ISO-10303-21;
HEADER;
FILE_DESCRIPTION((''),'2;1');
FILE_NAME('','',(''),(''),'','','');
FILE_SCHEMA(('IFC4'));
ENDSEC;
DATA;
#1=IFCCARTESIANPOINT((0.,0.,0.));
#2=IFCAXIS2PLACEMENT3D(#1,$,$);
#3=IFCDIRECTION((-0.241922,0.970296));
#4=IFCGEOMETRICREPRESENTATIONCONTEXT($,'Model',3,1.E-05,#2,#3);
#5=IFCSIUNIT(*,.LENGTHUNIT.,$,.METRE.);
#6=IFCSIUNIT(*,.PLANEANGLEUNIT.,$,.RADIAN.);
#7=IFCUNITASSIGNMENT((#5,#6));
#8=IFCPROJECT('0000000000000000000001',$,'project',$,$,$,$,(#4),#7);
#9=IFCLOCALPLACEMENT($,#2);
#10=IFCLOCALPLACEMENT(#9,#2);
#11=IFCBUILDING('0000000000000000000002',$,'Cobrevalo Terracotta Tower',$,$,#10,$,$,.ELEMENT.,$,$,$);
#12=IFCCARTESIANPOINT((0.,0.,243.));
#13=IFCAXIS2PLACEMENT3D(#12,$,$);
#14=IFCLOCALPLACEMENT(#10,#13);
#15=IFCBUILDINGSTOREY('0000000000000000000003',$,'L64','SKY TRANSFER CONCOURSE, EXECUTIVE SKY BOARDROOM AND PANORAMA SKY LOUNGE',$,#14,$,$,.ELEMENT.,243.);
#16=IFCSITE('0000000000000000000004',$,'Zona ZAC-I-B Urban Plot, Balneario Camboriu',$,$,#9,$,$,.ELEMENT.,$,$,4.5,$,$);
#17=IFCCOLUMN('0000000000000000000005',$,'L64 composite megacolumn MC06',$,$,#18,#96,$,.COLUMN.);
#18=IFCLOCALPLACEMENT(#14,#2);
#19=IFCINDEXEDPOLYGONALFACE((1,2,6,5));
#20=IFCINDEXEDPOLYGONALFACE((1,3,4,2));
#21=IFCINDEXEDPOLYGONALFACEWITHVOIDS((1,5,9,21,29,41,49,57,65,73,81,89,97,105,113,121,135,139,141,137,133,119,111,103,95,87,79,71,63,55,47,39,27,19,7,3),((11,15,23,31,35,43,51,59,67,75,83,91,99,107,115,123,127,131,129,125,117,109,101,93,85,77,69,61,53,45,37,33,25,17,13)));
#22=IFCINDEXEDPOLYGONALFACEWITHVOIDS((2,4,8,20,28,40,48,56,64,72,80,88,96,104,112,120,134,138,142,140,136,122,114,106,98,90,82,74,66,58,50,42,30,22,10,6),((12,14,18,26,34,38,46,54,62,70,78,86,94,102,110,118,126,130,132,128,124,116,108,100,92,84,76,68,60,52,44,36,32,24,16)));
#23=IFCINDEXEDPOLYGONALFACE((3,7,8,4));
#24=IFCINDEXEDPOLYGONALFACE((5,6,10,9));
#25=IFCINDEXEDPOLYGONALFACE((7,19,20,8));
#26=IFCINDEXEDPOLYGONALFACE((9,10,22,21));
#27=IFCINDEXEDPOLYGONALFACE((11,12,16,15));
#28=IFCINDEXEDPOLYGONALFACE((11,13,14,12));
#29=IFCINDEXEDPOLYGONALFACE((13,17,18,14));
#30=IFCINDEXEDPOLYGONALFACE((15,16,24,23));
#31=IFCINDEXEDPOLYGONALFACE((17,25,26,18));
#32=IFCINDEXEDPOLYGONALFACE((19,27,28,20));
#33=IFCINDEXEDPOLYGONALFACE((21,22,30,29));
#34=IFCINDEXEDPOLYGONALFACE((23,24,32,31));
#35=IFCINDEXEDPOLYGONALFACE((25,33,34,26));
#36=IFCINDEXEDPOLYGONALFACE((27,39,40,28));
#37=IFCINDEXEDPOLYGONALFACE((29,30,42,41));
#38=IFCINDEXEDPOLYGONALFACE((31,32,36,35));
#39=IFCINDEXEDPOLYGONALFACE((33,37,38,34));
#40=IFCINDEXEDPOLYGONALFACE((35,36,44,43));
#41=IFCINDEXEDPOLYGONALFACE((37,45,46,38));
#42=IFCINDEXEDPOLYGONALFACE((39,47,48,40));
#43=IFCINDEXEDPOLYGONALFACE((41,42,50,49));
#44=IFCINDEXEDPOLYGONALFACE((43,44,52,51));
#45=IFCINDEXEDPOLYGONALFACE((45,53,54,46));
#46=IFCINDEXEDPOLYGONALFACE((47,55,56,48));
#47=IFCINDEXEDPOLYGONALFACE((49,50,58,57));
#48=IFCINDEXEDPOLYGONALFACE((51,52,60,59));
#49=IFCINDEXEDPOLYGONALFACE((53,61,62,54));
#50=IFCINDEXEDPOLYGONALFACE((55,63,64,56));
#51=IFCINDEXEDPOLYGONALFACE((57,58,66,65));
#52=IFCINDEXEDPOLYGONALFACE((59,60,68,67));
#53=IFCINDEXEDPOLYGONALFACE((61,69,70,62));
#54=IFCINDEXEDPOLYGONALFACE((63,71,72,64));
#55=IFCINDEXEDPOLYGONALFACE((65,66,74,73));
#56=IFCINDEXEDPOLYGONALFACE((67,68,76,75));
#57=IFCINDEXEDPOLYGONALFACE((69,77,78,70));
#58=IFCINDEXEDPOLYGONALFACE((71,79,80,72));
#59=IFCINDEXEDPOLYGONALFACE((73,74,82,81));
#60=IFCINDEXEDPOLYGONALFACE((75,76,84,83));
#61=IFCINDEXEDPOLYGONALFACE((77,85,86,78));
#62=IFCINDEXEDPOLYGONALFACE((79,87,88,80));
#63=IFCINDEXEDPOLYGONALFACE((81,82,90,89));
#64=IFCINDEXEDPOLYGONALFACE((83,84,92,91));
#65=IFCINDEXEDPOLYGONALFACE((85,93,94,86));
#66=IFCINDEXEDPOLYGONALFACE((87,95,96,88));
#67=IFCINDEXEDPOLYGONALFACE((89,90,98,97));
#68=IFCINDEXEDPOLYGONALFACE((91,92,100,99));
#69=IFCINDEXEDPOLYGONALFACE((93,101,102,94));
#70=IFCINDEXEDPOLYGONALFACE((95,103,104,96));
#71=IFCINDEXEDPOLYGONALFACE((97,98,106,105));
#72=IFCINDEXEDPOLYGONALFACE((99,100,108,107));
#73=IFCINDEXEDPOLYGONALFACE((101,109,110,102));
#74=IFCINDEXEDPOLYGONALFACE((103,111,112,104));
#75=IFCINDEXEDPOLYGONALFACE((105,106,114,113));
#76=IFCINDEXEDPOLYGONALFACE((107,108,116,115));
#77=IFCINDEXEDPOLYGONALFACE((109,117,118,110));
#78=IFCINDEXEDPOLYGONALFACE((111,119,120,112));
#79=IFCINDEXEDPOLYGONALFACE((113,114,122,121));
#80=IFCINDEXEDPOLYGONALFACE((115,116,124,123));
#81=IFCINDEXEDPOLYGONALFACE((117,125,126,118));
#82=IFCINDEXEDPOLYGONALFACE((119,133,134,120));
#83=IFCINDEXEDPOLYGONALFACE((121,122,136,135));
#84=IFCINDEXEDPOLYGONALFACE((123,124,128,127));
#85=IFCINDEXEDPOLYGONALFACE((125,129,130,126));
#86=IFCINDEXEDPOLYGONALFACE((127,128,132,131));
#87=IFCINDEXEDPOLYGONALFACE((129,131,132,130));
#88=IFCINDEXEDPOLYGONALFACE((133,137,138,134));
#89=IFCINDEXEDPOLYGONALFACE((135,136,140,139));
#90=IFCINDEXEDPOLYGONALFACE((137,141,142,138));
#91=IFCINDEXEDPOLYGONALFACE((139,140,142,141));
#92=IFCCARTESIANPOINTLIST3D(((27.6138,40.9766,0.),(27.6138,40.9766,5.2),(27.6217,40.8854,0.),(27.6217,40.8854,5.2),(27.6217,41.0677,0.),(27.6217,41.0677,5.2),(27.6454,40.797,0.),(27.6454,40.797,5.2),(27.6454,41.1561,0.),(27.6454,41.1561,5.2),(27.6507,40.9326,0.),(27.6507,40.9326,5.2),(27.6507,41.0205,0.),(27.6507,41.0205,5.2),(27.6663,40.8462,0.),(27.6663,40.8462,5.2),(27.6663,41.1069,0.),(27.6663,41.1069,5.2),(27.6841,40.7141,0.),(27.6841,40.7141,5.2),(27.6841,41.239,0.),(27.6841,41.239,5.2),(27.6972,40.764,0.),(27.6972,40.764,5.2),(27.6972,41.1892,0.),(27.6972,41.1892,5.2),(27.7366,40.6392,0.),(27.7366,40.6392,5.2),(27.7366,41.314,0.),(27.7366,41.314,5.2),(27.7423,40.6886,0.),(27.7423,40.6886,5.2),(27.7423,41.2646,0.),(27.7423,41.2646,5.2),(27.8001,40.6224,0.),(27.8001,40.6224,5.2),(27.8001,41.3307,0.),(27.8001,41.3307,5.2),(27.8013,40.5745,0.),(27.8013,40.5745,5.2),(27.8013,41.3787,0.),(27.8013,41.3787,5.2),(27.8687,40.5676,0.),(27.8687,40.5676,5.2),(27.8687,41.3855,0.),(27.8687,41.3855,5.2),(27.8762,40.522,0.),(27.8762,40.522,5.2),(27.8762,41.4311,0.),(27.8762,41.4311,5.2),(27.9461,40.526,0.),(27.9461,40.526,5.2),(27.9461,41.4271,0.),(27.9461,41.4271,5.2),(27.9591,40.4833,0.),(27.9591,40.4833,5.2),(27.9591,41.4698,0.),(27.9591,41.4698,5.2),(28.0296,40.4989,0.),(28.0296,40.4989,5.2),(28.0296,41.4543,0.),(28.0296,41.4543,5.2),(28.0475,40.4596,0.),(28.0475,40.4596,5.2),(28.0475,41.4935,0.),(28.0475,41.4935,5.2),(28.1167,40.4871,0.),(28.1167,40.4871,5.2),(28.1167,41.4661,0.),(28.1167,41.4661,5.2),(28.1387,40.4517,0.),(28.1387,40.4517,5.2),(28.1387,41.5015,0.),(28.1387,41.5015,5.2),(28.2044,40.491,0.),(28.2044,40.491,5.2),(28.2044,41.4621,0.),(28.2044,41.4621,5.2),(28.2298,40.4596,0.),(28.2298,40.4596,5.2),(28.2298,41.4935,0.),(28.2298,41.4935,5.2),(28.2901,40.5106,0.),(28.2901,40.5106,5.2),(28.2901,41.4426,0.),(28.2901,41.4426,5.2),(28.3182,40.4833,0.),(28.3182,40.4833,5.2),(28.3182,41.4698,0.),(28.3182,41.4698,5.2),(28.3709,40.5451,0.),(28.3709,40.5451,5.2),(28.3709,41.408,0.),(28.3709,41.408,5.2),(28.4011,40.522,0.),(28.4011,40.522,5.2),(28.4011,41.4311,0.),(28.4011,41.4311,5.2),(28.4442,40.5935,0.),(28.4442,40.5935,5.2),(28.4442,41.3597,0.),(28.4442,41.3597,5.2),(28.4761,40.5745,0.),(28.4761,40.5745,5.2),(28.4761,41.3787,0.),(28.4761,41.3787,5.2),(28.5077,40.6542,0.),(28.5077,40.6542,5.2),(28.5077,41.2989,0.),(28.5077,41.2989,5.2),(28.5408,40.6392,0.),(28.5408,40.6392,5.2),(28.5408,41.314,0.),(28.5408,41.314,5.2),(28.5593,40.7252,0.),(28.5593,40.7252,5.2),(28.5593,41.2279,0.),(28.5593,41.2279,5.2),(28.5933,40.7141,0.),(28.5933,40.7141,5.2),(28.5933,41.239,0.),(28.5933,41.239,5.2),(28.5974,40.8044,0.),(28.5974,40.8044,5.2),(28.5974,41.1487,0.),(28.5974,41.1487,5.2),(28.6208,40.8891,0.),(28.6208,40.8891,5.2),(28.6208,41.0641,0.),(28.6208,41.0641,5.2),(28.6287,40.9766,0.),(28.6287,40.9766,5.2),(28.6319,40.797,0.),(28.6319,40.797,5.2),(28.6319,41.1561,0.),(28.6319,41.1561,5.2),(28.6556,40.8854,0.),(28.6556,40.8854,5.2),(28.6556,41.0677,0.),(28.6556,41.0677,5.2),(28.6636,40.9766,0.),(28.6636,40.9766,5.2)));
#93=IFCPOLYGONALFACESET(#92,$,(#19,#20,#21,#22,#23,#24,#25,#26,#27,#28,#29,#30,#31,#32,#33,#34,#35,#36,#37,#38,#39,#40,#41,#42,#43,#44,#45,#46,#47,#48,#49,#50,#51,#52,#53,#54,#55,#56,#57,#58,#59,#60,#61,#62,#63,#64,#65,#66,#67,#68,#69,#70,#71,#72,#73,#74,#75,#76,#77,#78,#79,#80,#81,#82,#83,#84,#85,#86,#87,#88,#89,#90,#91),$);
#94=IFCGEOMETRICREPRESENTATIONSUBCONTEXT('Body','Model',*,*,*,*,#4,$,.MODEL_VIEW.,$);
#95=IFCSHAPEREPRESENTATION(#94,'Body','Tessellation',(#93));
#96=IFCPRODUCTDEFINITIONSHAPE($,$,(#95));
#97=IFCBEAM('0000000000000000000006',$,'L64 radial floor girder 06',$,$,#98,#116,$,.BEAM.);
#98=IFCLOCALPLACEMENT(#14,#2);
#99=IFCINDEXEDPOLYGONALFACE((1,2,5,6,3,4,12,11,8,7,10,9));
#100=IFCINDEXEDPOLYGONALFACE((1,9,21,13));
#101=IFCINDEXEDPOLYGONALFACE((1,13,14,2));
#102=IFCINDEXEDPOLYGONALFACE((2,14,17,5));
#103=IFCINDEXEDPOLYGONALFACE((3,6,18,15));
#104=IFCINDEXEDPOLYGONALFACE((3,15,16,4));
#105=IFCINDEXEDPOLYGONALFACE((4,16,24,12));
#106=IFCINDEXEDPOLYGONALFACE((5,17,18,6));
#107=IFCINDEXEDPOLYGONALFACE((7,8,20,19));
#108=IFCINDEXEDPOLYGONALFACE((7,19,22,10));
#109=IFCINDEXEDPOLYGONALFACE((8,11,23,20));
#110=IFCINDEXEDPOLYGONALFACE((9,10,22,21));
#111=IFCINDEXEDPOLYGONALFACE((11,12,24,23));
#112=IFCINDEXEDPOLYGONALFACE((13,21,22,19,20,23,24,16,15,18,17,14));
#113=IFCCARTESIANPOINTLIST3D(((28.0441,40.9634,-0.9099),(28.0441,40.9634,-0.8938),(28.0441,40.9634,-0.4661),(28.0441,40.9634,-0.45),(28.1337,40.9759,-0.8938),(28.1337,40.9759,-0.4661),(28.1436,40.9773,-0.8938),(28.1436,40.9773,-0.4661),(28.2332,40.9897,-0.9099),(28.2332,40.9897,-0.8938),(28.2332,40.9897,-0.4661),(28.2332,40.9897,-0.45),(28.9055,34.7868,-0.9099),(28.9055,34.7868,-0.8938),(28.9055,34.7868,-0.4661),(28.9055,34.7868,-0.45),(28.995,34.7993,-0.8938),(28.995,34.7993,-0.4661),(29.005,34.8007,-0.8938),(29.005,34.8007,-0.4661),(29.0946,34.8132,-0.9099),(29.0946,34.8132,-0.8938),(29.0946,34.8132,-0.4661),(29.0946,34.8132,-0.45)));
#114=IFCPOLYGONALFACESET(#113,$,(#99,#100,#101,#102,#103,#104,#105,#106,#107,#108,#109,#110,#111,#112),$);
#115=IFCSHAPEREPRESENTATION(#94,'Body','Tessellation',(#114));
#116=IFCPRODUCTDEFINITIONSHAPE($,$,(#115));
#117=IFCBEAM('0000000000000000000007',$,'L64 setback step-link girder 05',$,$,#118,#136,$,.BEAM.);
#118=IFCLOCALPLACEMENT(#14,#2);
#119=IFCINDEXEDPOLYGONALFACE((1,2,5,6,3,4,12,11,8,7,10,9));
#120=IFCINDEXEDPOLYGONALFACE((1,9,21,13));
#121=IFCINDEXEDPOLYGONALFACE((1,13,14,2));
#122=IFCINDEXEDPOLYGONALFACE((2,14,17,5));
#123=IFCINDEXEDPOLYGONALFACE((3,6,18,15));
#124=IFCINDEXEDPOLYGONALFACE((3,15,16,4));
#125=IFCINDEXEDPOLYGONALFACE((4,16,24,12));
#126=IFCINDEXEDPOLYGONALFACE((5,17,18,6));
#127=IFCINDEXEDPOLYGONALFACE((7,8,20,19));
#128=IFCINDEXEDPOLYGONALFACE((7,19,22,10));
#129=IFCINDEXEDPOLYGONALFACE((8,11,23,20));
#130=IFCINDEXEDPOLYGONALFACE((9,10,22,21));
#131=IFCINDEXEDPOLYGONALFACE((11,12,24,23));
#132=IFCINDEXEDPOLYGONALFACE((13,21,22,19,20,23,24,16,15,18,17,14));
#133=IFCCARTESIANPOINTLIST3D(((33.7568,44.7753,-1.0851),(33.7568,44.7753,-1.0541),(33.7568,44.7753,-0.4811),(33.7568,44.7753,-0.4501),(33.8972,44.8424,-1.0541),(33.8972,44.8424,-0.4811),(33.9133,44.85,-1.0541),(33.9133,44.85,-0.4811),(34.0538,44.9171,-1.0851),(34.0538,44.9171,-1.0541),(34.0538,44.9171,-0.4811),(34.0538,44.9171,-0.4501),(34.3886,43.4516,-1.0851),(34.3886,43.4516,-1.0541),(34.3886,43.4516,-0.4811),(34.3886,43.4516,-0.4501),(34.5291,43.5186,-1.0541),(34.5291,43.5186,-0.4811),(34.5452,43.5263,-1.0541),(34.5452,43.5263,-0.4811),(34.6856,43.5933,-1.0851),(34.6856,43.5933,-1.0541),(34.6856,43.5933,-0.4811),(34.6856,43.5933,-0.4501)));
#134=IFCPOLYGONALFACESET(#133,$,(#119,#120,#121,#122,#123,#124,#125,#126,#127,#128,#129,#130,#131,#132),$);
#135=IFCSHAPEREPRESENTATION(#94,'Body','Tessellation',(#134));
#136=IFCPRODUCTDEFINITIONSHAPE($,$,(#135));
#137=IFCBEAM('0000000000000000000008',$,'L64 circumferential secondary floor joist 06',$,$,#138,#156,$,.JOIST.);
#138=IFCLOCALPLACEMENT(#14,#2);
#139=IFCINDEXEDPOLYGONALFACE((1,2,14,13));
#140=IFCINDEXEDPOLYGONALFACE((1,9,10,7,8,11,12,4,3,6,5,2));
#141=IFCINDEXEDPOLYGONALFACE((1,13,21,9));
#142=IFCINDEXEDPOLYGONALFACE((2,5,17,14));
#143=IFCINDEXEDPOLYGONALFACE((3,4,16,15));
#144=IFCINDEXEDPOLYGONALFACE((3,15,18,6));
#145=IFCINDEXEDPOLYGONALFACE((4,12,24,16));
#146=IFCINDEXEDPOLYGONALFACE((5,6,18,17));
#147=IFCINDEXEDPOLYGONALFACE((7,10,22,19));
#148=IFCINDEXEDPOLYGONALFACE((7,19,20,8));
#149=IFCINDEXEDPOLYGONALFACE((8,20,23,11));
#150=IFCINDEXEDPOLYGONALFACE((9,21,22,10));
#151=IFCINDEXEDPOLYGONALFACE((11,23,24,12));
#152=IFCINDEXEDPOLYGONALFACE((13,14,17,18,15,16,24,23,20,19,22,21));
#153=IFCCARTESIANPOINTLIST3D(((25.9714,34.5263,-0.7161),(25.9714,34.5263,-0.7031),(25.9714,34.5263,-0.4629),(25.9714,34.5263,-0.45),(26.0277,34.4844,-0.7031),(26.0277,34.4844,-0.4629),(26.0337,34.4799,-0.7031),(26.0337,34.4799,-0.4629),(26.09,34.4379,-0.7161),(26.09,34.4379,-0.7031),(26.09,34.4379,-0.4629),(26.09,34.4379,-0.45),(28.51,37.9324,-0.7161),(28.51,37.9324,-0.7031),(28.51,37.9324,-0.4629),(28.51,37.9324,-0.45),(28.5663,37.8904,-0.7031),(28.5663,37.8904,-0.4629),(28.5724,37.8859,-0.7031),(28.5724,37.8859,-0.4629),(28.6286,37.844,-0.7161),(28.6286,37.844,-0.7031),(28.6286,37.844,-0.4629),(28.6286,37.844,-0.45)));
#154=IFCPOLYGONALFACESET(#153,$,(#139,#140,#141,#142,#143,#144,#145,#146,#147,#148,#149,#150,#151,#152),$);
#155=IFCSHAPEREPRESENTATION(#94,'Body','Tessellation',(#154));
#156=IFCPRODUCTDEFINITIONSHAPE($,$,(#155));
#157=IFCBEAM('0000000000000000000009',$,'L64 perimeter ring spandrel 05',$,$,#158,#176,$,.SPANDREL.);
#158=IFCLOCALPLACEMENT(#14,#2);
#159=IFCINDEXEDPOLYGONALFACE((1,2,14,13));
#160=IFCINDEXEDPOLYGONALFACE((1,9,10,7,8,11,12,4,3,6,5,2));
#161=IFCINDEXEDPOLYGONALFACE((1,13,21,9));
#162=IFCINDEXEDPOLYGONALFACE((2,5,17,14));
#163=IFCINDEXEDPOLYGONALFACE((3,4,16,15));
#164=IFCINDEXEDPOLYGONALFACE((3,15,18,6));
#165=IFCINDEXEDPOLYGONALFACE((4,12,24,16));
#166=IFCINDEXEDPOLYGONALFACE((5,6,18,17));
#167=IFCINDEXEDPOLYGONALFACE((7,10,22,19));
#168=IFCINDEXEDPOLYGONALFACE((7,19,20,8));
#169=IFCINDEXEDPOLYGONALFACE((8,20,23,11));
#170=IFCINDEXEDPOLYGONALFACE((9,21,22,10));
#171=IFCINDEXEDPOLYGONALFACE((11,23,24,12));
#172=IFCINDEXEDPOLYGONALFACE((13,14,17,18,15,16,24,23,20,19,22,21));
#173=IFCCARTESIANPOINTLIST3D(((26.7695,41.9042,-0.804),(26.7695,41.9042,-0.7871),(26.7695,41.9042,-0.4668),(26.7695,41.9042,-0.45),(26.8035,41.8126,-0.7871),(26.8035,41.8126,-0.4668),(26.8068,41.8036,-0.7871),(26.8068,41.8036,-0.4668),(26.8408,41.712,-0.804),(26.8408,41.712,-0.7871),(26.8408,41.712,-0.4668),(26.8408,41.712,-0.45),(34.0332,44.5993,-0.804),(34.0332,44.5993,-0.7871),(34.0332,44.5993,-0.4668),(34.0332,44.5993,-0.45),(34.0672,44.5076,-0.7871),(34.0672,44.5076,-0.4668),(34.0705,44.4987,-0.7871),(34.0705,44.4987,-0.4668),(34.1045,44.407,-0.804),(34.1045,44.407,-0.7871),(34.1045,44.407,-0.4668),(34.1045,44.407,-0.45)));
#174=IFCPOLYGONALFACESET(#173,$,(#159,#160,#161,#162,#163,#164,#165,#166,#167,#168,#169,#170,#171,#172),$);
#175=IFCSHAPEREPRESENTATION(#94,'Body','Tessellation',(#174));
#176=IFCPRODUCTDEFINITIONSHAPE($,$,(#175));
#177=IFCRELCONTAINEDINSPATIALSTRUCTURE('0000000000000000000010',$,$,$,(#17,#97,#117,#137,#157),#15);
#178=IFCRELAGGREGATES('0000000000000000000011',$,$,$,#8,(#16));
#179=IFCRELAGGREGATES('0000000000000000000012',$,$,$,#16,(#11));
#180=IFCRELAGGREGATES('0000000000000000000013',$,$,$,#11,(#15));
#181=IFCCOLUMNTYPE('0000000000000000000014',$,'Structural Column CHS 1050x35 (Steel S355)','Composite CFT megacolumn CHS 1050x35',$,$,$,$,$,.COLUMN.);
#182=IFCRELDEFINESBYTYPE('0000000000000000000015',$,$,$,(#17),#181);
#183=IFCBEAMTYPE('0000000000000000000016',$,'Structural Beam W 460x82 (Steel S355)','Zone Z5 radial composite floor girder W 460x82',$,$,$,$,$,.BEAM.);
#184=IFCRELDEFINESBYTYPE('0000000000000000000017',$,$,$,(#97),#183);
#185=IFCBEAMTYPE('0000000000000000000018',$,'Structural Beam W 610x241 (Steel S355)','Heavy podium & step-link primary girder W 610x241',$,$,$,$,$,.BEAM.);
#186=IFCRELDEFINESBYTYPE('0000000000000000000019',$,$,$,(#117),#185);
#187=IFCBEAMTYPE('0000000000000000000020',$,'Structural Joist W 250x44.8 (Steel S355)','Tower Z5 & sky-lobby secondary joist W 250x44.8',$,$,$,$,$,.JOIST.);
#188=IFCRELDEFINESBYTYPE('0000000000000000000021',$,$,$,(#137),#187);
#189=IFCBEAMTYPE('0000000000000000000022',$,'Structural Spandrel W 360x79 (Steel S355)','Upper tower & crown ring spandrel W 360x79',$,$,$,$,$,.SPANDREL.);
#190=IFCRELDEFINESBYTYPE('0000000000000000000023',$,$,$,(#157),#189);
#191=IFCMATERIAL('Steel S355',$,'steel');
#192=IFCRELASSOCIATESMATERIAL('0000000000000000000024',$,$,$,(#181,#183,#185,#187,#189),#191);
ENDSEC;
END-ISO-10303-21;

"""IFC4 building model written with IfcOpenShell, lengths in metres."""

from ifc_helpers import new_model, si_unit, direction, frame, origin, origin_2d, place, context, subcontext, project, spatial, hollow_circle, i_section, extrude, material, material_profile, profile_set, type_object, element, save


model = new_model("IFC4")

# Units and contexts
model_context = context("Model", 3, precision=1e-05, world=origin(), true_north=direction((-0.241922, 0.970296)))
body_context = subcontext(model_context, "Body", "Model", "MODEL_VIEW")
ifc_project = project(units=[si_unit("LENGTHUNIT", "METRE"), si_unit("PLANEANGLEUNIT", "RADIAN")], contexts=[model_context])

# Site, building, storey
site_placement = place(None, origin())
site = spatial("IfcSite", under=ifc_project, at=site_placement, Name="Zona ZAC-I-B Urban Plot, Balneario Camboriu", CompositionType="ELEMENT", RefElevation=4.5)
building_placement = place(site_placement, origin())
building = spatial("IfcBuilding", under=site, at=building_placement, Name="Cobrevalo Terracotta Tower", CompositionType="ELEMENT")
storey_placement = place(building_placement, frame((0.0, 0.0, 243.0)))
storey = spatial("IfcBuildingStorey", under=building, at=storey_placement, Name="L64", Description="SKY TRANSFER CONCOURSE, EXECUTIVE SKY BOARDROOM AND PANORAMA SKY LOUNGE", CompositionType="ELEMENT", Elevation=243.0)

# Column
ifc_material_1 = material(Name="Steel S355", Category="steel")
ifc_material_profile_1 = material_profile(ifc_material_1, hollow_circle(Radius=0.5249, WallThickness=0.0349, at=origin_2d()), Name="CHS 1050x35")
ifc_profile_set_1 = profile_set([ifc_material_profile_1], Name="Steel S355")
column_type = type_object("IfcColumnType", Name="Structural Column CHS 1050x35 (Steel S355)", Description="Composite CFT megacolumn CHS 1050x35", PredefinedType="COLUMN", material=ifc_profile_set_1)
column_placement = place(storey_placement, frame((28.1387, 40.9766, 0.0), z_axis=(0.0, 0.0, 1.0), x_axis=(1.0, 0.0, 0.0)))
element("IfcColumn", 1, at=column_placement, inside=storey, type_object=column_type, Name="L64 composite megacolumn MC06", PredefinedType="COLUMN", context=body_context, shape_type="SweptSolid", body=[
    extrude(hollow_circle(Radius=0.5249, WallThickness=0.0349, at=origin_2d()), origin(), (0.0, 0.0, 1.0), 5.2),
])

# Beams
ifc_material_profile_2 = material_profile(ifc_material_1, i_section(OverallWidth=0.1909, OverallDepth=0.46, WebThickness=0.01, FlangeThickness=0.0161, at=origin_2d()), Name="W 460x82")
ifc_profile_set_2 = profile_set([ifc_material_profile_2], Name="Steel S355")
beam_type_1 = type_object("IfcBeamType", Name="Structural Beam W 460x82 (Steel S355)", Description="Zone Z5 radial composite floor girder W 460x82", PredefinedType="BEAM", material=ifc_profile_set_2)
beam_1_placement = place(storey_placement, frame((28.1387, 40.9766, -0.6799), z_axis=(0.138116, -0.990416, 0.0), x_axis=(0.990416, 0.138116, 0.0)))
element("IfcBeam", 2, at=beam_1_placement, inside=storey, type_object=beam_type_1, Name="L64 radial floor girder 06", PredefinedType="BEAM", context=body_context, shape_type="SweptSolid", body=[
    extrude(i_section(OverallWidth=0.1909, OverallDepth=0.46, WebThickness=0.01, FlangeThickness=0.0161, at=origin_2d()), origin(), (0.0, 0.0, 1.0), 6.2363),
])
ifc_material_profile_3 = material_profile(ifc_material_1, i_section(OverallWidth=0.3291, OverallDepth=0.635, WebThickness=0.0178, FlangeThickness=0.031, at=origin_2d()), Name="W 610x241")
ifc_profile_set_3 = profile_set([ifc_material_profile_3], Name="Steel S355")
beam_type_2 = type_object("IfcBeamType", Name="Structural Beam W 610x241 (Steel S355)", Description="Heavy podium & step-link primary girder W 610x241", PredefinedType="BEAM", material=ifc_profile_set_3)
beam_2_placement = place(storey_placement, frame((33.9053, 44.8462, -0.7676), z_axis=(0.43076, -0.902466, 0.0), x_axis=(0.902466, 0.43076, 0.0)))
element("IfcBeam", 3, at=beam_2_placement, inside=storey, type_object=beam_type_2, Name="L64 setback step-link girder 05", PredefinedType="BEAM", context=body_context, shape_type="SweptSolid", body=[
    extrude(i_section(OverallWidth=0.3291, OverallDepth=0.635, WebThickness=0.0178, FlangeThickness=0.031, at=origin_2d()), origin(), (0.0, 0.0, 1.0), 1.4668),
])
ifc_material_profile_4 = material_profile(ifc_material_1, i_section(OverallWidth=0.1479, OverallDepth=0.2661, WebThickness=0.0076, FlangeThickness=0.0129, at=origin_2d()), Name="W 250x44.8")
ifc_profile_set_4 = profile_set([ifc_material_profile_4], Name="Steel S355")
beam_type_3 = type_object("IfcBeamType", Name="Structural Joist W 250x44.8 (Steel S355)", Description="Tower Z5 & sky-lobby secondary joist W 250x44.8", PredefinedType="JOIST", material=ifc_profile_set_4)
beam_3_placement = place(storey_placement, frame((28.5693, 37.8882, -0.583), z_axis=(-0.597597, -0.801796, 0.0), x_axis=(0.801796, -0.597597, 0.0)))
element("IfcBeam", 4, at=beam_3_placement, inside=storey, type_object=beam_type_3, Name="L64 circumferential secondary floor joist 06", PredefinedType="JOIST", context=body_context, shape_type="SweptSolid", body=[
    extrude(i_section(OverallWidth=0.1479, OverallDepth=0.2661, WebThickness=0.0076, FlangeThickness=0.0129, at=origin_2d()), origin(), (0.0, 0.0, 1.0), 4.248),
])
ifc_material_profile_5 = material_profile(ifc_material_1, i_section(OverallWidth=0.2051, OverallDepth=0.354, WebThickness=0.0095, FlangeThickness=0.0168, at=origin_2d()), Name="W 360x79")
ifc_profile_set_5 = profile_set([ifc_material_profile_5], Name="Steel S355")
beam_type_4 = type_object("IfcBeamType", Name="Structural Spandrel W 360x79 (Steel S355)", Description="Upper tower & crown ring spandrel W 360x79", PredefinedType="SPANDREL", material=ifc_profile_set_5)
beam_4_placement = place(storey_placement, frame((34.0688, 44.5032, -0.627), z_axis=(-0.937546, -0.347861, 0.0), x_axis=(0.347861, -0.937546, 0.0)))
element("IfcBeam", 5, at=beam_4_placement, inside=storey, type_object=beam_type_4, Name="L64 perimeter ring spandrel 05", PredefinedType="SPANDREL", context=body_context, shape_type="SweptSolid", body=[
    extrude(i_section(OverallWidth=0.2051, OverallDepth=0.354, WebThickness=0.0095, FlangeThickness=0.0168, at=origin_2d()), origin(), (0.0, 0.0, 1.0), 7.7476),
])

save(model, "model.ifc")
